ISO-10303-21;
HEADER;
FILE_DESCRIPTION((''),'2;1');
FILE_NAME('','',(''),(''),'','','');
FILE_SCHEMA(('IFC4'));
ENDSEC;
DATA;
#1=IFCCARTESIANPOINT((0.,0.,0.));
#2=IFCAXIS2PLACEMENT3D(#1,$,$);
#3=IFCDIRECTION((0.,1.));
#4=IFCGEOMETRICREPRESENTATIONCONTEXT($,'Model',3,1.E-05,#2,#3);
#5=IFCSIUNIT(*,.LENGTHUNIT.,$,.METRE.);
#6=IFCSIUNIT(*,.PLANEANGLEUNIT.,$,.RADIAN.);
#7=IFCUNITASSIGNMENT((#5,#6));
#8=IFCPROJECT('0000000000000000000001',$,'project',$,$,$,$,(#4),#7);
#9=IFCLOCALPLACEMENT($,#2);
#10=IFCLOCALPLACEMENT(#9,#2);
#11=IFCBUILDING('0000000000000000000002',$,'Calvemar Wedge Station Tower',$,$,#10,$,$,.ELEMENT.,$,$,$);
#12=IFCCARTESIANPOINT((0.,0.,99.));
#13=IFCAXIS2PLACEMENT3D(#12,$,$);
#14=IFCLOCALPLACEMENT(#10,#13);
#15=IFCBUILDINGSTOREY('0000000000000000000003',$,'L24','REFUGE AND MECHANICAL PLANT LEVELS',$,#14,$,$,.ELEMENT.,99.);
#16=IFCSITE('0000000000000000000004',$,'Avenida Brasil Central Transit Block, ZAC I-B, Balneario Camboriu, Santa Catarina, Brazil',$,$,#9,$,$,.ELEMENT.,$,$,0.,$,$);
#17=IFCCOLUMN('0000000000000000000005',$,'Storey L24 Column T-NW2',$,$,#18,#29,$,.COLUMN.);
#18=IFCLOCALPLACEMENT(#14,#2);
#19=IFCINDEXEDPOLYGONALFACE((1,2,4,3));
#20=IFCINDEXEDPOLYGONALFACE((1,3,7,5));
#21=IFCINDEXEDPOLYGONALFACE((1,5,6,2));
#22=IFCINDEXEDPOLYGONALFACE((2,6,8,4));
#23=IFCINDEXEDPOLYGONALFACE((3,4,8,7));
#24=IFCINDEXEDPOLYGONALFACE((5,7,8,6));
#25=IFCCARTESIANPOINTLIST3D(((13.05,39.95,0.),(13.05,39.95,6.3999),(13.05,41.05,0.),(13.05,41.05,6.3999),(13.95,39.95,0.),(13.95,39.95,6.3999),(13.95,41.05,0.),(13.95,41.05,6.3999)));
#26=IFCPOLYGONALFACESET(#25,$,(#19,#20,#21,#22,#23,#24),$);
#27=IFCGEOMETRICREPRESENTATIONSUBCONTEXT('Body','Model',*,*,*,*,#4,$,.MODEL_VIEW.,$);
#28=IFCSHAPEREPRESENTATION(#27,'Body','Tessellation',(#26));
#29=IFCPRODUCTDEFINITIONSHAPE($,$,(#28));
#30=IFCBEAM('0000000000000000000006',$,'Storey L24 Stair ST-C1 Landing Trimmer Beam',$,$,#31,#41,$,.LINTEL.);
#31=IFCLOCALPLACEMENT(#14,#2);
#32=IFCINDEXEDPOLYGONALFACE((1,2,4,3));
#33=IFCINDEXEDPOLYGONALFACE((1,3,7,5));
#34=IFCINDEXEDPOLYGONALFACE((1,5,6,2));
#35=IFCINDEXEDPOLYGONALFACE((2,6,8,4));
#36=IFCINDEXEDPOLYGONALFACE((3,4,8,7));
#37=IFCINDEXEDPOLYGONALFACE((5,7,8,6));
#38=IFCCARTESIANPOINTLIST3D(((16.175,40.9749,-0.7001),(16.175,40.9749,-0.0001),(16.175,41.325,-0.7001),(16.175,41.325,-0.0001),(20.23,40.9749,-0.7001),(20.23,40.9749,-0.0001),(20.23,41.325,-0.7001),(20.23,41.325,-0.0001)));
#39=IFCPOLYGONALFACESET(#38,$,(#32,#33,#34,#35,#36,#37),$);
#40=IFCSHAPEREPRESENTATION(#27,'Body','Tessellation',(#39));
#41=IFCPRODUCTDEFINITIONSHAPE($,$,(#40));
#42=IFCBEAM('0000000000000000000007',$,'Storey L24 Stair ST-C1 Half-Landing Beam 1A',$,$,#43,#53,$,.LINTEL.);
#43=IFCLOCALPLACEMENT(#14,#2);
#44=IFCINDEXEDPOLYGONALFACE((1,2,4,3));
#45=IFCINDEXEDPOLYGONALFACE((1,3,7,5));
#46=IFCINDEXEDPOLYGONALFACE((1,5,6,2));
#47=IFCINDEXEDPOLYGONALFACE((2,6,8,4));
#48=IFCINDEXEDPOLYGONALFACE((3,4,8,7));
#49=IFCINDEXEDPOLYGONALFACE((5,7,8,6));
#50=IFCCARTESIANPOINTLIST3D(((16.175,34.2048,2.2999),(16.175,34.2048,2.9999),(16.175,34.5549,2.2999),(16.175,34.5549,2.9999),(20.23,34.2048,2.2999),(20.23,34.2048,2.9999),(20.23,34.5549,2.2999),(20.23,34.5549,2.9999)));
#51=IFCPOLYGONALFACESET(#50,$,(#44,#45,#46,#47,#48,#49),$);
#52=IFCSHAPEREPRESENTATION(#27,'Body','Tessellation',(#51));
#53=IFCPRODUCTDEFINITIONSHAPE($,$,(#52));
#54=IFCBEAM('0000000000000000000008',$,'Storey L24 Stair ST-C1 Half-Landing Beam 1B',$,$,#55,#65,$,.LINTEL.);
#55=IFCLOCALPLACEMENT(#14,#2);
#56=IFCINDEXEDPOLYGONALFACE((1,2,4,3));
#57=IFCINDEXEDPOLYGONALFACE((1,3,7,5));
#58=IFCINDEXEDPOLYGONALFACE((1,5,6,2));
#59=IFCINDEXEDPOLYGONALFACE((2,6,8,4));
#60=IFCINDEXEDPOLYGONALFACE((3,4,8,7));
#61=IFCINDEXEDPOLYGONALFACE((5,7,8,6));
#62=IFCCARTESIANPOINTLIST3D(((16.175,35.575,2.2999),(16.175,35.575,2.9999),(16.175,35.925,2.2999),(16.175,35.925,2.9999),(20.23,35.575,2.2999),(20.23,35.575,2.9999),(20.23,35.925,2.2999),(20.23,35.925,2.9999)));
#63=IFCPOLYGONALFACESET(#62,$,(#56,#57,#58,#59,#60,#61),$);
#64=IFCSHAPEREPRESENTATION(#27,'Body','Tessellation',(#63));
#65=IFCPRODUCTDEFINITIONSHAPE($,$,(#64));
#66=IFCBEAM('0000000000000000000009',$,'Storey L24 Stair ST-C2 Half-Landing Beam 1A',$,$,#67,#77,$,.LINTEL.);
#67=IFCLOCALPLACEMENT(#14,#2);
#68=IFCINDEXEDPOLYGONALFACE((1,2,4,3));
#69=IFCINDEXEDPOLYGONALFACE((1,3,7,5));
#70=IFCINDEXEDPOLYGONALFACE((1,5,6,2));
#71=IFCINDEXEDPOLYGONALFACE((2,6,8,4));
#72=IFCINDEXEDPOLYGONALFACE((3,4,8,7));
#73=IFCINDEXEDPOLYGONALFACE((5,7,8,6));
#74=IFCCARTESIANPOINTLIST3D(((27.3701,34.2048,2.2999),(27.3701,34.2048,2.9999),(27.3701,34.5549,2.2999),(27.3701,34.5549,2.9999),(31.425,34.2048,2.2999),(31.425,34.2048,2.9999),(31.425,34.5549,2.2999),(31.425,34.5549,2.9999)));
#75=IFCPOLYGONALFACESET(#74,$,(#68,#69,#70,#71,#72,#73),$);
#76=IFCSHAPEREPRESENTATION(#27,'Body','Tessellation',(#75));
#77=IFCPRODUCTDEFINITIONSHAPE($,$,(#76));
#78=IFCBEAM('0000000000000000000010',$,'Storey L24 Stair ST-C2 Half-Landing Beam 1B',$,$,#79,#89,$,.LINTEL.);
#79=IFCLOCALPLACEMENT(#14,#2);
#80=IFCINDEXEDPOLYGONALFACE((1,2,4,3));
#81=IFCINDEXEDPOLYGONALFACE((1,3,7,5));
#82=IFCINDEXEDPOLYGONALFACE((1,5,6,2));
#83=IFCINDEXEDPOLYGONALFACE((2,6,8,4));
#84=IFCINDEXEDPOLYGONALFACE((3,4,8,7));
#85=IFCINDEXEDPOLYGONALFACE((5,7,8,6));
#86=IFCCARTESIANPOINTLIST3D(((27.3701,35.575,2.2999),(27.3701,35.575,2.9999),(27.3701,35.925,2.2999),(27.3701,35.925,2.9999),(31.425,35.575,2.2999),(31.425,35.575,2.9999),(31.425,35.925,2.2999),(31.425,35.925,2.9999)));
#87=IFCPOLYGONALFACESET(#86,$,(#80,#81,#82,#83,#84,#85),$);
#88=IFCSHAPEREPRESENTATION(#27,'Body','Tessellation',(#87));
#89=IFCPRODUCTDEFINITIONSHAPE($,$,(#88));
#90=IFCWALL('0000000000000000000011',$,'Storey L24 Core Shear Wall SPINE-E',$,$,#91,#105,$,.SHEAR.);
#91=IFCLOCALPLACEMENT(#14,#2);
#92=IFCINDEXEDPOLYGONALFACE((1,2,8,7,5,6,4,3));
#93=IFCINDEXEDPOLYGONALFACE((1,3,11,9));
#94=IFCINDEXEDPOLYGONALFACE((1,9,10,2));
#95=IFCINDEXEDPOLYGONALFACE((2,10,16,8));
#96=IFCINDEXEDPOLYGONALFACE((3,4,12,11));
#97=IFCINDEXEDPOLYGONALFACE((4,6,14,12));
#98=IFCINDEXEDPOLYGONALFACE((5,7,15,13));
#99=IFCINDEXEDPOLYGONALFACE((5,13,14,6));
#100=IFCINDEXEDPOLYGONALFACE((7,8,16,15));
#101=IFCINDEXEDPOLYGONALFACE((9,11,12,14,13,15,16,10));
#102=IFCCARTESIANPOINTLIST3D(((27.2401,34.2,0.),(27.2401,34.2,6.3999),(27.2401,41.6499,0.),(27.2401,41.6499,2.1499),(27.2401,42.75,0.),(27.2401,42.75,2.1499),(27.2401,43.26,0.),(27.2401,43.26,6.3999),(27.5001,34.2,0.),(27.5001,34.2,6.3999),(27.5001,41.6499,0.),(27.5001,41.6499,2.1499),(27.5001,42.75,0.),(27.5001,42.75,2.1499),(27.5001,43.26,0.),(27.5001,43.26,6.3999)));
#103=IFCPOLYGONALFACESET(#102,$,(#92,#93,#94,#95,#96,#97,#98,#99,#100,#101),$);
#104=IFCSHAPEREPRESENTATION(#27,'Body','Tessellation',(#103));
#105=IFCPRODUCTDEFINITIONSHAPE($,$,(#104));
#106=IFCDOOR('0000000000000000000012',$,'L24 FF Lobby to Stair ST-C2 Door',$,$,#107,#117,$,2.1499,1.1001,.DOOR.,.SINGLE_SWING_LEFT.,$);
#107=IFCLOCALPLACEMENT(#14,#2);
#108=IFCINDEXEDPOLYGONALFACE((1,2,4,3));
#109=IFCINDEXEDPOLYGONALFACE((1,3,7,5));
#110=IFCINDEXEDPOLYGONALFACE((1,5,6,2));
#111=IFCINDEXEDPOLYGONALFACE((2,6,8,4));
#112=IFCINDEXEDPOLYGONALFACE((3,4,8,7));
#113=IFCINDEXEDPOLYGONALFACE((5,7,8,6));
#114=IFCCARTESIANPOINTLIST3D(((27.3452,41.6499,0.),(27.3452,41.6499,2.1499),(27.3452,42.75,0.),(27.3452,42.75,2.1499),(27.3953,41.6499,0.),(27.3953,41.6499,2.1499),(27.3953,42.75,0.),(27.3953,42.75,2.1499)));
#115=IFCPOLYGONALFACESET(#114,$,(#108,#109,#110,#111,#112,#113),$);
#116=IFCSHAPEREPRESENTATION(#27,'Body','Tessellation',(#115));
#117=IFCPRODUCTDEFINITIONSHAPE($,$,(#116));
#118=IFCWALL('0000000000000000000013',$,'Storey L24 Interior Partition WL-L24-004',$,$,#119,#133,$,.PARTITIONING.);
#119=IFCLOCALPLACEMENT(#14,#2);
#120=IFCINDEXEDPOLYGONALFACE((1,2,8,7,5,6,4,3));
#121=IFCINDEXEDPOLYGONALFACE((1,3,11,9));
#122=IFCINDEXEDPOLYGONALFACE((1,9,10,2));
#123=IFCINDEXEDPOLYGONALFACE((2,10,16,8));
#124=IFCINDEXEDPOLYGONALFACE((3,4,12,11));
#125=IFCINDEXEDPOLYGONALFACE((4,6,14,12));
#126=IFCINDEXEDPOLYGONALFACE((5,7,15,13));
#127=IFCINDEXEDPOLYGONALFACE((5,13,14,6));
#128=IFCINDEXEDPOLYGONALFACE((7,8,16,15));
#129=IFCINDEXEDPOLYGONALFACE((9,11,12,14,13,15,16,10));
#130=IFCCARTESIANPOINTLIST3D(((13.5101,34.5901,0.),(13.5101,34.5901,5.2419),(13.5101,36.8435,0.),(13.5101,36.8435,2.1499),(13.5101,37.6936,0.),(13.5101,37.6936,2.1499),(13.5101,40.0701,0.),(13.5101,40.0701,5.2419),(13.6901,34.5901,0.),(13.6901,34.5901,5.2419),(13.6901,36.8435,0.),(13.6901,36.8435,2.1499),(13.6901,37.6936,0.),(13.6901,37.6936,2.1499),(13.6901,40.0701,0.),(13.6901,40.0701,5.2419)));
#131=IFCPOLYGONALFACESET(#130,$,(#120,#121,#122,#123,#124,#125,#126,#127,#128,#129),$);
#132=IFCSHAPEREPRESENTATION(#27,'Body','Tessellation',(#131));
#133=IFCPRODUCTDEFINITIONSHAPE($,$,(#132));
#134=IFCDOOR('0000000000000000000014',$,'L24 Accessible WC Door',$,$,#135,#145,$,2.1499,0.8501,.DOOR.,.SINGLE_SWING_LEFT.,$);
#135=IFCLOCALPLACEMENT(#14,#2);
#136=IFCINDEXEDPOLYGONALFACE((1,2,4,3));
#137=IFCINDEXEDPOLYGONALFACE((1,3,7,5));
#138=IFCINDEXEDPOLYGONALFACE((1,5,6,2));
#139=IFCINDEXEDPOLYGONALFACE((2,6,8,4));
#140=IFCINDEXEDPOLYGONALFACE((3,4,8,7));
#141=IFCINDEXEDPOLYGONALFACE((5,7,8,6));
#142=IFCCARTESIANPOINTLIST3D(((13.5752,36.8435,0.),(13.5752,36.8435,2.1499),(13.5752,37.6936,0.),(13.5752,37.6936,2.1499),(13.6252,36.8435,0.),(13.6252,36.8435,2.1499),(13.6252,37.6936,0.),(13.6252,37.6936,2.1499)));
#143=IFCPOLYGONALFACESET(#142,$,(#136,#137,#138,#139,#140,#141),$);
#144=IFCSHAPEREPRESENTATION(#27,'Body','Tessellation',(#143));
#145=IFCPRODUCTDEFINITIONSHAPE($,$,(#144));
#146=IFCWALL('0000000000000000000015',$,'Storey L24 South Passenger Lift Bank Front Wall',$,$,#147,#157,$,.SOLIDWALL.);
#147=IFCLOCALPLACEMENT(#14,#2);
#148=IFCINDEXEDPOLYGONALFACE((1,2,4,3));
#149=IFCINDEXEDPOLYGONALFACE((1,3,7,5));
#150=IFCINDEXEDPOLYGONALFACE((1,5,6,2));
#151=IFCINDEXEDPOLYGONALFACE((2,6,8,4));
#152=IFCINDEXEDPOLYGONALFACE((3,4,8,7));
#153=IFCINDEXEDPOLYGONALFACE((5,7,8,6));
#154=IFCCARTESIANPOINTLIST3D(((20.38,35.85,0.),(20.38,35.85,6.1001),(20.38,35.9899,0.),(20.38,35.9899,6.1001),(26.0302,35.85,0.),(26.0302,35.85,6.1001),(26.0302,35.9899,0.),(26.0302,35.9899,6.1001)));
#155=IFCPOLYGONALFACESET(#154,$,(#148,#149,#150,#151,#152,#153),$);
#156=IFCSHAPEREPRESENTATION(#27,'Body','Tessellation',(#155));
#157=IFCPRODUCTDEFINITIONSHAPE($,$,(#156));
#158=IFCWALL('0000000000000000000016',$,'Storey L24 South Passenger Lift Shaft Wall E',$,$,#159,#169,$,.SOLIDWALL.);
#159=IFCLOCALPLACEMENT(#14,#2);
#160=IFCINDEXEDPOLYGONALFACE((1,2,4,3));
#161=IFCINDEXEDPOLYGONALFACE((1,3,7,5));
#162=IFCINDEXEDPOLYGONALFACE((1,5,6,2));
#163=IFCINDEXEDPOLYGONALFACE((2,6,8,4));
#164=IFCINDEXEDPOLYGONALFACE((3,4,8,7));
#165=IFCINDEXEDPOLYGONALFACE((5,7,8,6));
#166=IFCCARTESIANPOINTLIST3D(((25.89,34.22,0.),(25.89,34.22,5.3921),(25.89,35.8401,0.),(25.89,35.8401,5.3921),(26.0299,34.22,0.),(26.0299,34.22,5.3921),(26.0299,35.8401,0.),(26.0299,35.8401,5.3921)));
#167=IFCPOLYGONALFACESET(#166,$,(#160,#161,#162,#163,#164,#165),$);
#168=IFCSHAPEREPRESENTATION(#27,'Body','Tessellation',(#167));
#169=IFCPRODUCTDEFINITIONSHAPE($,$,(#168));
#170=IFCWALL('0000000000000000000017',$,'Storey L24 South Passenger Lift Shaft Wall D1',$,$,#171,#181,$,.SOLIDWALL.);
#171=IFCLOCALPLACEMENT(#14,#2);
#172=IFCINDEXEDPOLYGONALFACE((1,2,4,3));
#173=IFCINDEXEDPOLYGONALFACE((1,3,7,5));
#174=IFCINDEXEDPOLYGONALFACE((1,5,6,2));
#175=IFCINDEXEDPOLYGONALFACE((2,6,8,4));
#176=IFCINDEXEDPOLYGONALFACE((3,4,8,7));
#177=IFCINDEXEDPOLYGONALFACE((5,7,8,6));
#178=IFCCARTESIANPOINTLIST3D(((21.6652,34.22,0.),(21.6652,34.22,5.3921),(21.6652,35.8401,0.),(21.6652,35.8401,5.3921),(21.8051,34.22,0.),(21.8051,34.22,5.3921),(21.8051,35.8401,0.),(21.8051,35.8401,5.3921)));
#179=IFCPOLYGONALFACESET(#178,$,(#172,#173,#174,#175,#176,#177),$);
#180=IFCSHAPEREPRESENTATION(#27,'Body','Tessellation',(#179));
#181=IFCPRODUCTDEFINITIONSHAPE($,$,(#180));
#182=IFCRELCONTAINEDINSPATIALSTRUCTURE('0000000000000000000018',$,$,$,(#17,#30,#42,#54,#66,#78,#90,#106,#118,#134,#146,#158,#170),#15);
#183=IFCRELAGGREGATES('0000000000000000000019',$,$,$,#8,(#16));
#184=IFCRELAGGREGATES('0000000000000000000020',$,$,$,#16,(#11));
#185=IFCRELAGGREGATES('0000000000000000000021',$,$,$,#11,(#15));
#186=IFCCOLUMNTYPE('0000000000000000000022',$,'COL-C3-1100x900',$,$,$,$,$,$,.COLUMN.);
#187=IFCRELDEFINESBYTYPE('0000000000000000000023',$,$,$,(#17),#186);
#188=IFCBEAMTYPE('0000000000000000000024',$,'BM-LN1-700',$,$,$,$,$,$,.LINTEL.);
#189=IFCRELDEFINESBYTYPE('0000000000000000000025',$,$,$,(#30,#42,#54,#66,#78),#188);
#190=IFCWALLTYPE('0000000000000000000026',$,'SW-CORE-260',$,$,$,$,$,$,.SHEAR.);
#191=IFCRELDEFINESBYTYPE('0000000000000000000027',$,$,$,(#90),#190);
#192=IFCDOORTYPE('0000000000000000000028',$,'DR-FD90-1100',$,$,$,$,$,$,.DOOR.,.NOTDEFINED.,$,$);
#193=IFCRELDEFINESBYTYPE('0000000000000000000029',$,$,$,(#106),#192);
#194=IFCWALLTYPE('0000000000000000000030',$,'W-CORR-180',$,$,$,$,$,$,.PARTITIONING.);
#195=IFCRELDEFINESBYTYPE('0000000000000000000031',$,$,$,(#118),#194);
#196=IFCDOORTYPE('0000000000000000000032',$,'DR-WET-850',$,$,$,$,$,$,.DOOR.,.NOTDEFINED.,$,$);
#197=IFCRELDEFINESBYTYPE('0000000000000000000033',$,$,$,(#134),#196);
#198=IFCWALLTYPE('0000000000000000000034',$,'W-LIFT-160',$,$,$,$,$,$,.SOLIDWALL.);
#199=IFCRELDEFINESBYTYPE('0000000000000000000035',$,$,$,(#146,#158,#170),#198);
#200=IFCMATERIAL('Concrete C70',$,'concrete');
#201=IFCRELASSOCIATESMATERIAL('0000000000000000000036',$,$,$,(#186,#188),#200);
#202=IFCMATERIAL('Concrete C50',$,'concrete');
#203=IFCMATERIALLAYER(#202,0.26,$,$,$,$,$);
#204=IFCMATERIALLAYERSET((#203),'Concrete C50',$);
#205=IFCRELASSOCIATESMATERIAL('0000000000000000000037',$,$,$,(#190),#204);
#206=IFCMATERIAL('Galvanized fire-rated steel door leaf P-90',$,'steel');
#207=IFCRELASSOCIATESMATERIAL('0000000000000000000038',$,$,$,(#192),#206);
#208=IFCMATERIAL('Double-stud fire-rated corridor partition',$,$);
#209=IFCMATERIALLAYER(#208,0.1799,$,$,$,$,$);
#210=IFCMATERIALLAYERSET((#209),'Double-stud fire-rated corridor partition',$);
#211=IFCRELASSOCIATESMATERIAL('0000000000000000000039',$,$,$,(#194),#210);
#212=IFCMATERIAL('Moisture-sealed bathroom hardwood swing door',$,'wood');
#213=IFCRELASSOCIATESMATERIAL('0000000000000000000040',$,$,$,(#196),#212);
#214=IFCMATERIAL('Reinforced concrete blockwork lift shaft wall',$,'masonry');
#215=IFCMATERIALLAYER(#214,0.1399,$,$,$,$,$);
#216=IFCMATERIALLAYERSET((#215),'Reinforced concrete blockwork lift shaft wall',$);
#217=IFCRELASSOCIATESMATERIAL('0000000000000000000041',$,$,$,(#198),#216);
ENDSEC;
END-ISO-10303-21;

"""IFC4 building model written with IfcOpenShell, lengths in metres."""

from ifc_helpers import new_model, si_unit, direction, frame, frame_2d, origin, origin_2d, place, context, subcontext, project, spatial, rectangle, extrude, source, transform, mapped, material, layer, layer_set, material_profile, profile_set, type_object, element, fill, save


model = new_model("IFC4")

# Units and contexts
model_context = context("Model", 3, precision=1e-05, world=origin(), true_north=direction((0.0, 1.0)))
body_context = subcontext(model_context, "Body", "Model", "MODEL_VIEW")
ifc_project = project(units=[si_unit("LENGTHUNIT", "METRE"), si_unit("PLANEANGLEUNIT", "RADIAN")], contexts=[model_context])

# Site, building, storey
site_placement = place(None, origin())
site = spatial("IfcSite", under=ifc_project, at=site_placement, Name="Avenida Brasil Central Transit Block, ZAC I-B, Balneario Camboriu, Santa Catarina, Brazil", CompositionType="ELEMENT", RefElevation=0.0)
building_placement = place(site_placement, origin())
building = spatial("IfcBuilding", under=site, at=building_placement, Name="Calvemar Wedge Station Tower", CompositionType="ELEMENT")
storey_placement = place(building_placement, frame((0.0, 0.0, 99.0)))
storey = spatial("IfcBuildingStorey", under=building, at=storey_placement, Name="L24", Description="REFUGE AND MECHANICAL PLANT LEVELS", CompositionType="ELEMENT", Elevation=99.0)

# Column
ifc_material_1 = material(Name="Concrete C70", Category="concrete")
ifc_material_profile_1 = material_profile(ifc_material_1, rectangle(XDim=0.8999, YDim=1.1001, at=origin_2d()), Name="RC1100x900")
ifc_profile_set_1 = profile_set([ifc_material_profile_1], Name="Concrete C70")
column_type = type_object("IfcColumnType", Name="COL-C3-1100x900", PredefinedType="COLUMN", material=ifc_profile_set_1)
shared_shape_1 = source(origin(), body_context, "Body", "SweptSolid", [
    extrude(rectangle(XDim=0.8999, YDim=1.1001, at=origin_2d()), origin(), (0.0, 0.0, 1.0), 6.3999),
])
column_placement = place(storey_placement, frame((13.5, 40.5, 0.0), z_axis=(0.0, 0.0, 1.0), x_axis=(1.0, 0.0, 0.0)))
element("IfcColumn", 1, at=column_placement, inside=storey, type_object=column_type, Name="Storey L24 Column T-NW2", PredefinedType="COLUMN", context=body_context, shape_type="MappedRepresentation", body=[
    mapped(shared_shape_1, transform((0.0, 0.0, 0.0), scale=1.0)),
])

# Beams
ifc_material_profile_2 = material_profile(ifc_material_1, rectangle(XDim=0.3501, YDim=0.7, at=origin_2d()), Name="RC350x700")
ifc_profile_set_2 = profile_set([ifc_material_profile_2], Name="Concrete C70")
beam_type = type_object("IfcBeamType", Name="BM-LN1-700", PredefinedType="LINTEL", material=ifc_profile_set_2)
shared_shape_2 = source(origin(), body_context, "Body", "SweptSolid", [
    extrude(rectangle(XDim=0.3501, YDim=0.7, at=origin_2d()), origin(), (0.0, 0.0, 1.0), 4.0549),
])
for number, where, z_axis, x_axis, name in (
    (2, (16.175, 41.1499, -0.3501), (1.0, 0.0, 0.0), (0.0, 1.0, 0.0), "Storey L24 Stair ST-C1 Landing Trimmer Beam"),
    (3, (16.175, 34.3799, 2.6499), (1.0, 0.0, 0.0), (0.0, 1.0, 0.0), "Storey L24 Stair ST-C1 Half-Landing Beam 1A"),
    (4, (16.175, 35.75, 2.6499), (1.0, 0.0, 0.0), (0.0, 1.0, 0.0), "Storey L24 Stair ST-C1 Half-Landing Beam 1B"),
    (5, (27.3701, 34.3799, 2.6499), (1.0, 0.0, 0.0), (0.0, 1.0, 0.0), "Storey L24 Stair ST-C2 Half-Landing Beam 1A"),
    (6, (27.3701, 35.75, 2.6499), (1.0, 0.0, 0.0), (0.0, 1.0, 0.0), "Storey L24 Stair ST-C2 Half-Landing Beam 1B"),
):
    element("IfcBeam", number, at=place(storey_placement, frame(where, z_axis=z_axis, x_axis=x_axis)), inside=storey, type_object=beam_type, Name=name, PredefinedType="LINTEL", context=body_context, shape_type="MappedRepresentation", body=[
        mapped(shared_shape_2, transform((0.0, 0.0, 0.0), scale=1.0)),
    ])

# Walls, openings, doors
ifc_material_2 = material(Name="Concrete C50", Category="concrete")
ifc_layer_1 = layer(ifc_material_2, 0.26)
ifc_layer_set_1 = layer_set([ifc_layer_1], Name="Concrete C50")
wall_type_1 = type_object("IfcWallType", Name="SW-CORE-260", PredefinedType="SHEAR", material=ifc_layer_set_1)
wall_1_placement = place(storey_placement, frame((27.3701, 34.2, 0.0), z_axis=(0.0, 0.0, 1.0), x_axis=(0.0, 1.0, 0.0)))
wall_1 = element("IfcWall", 7, at=wall_1_placement, inside=storey, type_object=wall_type_1, Name="Storey L24 Core Shear Wall SPINE-E", PredefinedType="SHEAR", context=body_context, shape_type="SweptSolid", body=[
    extrude(rectangle(XDim=9.0601, YDim=0.26, at=frame_2d((4.53, 0.0))), origin(), (0.0, 0.0, 1.0), 6.3999),
])
shared_shape_3 = source(origin(), body_context, "Body", "SweptSolid", [
    extrude(rectangle(XDim=1.1001, YDim=2.1499, at=frame_2d((0.55, 1.075))), frame((0.0, 0.1401, 0.0), z_axis=(0.0, -1.0, 0.0), x_axis=(1.0, 0.0, 0.0)), (0.0, 0.0, 1.0), 0.28),
])
opening_1_placement = place(wall_1_placement, frame((7.45, 0.0, 0.0)))
opening_1 = element("IfcOpeningElement", 8, at=opening_1_placement, cuts=wall_1, PredefinedType="OPENING", context=body_context, shape_type="MappedRepresentation", body=[
    mapped(shared_shape_3, transform((0.0, 0.0, 0.0), scale=1.0)),
])
ifc_material_3 = material(Name="Galvanized fire-rated steel door leaf P-90", Category="steel")
door_type_1 = type_object("IfcDoorType", Name="DR-FD90-1100", OperationType="NOTDEFINED", PredefinedType="DOOR", material=ifc_material_3)
shared_shape_4 = source(origin(), body_context, "Body", "SweptSolid", [
    extrude(rectangle(XDim=1.1001, YDim=2.1499, at=frame_2d((0.55, 1.075))), frame((0.0, 0.0249, 0.0), z_axis=(0.0, -1.0, 0.0), x_axis=(1.0, 0.0, 0.0)), (0.0, 0.0, 1.0), 0.05),
])
door_1_placement = place(opening_1_placement, origin())
door_1 = element("IfcDoor", 9, at=door_1_placement, inside=storey, type_object=door_type_1, Name="L24 FF Lobby to Stair ST-C2 Door", OperationType="SINGLE_SWING_LEFT", OverallHeight=2.1499, OverallWidth=1.1001, PredefinedType="DOOR", context=body_context, shape_type="MappedRepresentation", body=[
    mapped(shared_shape_4, transform((0.0, 0.0, 0.0), scale=1.0)),
])
fill(opening_1, door_1)
ifc_material_4 = material(Name="Double-stud fire-rated corridor partition")
ifc_layer_2 = layer(ifc_material_4, 0.1799)
ifc_layer_set_2 = layer_set([ifc_layer_2], Name="Double-stud fire-rated corridor partition")
wall_type_2 = type_object("IfcWallType", Name="W-CORR-180", PredefinedType="PARTITIONING", material=ifc_layer_set_2)
wall_2_placement = place(storey_placement, frame((13.6001, 34.5901, 0.0), z_axis=(0.0, 0.0, 1.0), x_axis=(0.0, 1.0, 0.0)))
wall_2 = element("IfcWall", 10, at=wall_2_placement, inside=storey, type_object=wall_type_2, Name="Storey L24 Interior Partition WL-L24-004", PredefinedType="PARTITIONING", context=body_context, shape_type="SweptSolid", body=[
    extrude(rectangle(XDim=5.48, YDim=0.1799, at=frame_2d((2.74, 0.0))), origin(), (0.0, 0.0, 1.0), 5.2419),
])
shared_shape_5 = source(origin(), body_context, "Body", "SweptSolid", [
    extrude(rectangle(XDim=0.8501, YDim=2.1499, at=frame_2d((0.425, 1.075))), frame((0.0, 0.1001, 0.0), z_axis=(0.0, -1.0, 0.0), x_axis=(1.0, 0.0, 0.0)), (0.0, 0.0, 1.0), 0.2),
])
opening_2_placement = place(wall_2_placement, frame((2.2534, 0.0, 0.0)))
opening_2 = element("IfcOpeningElement", 11, at=opening_2_placement, cuts=wall_2, PredefinedType="OPENING", context=body_context, shape_type="MappedRepresentation", body=[
    mapped(shared_shape_5, transform((0.0, 0.0, 0.0), scale=1.0)),
])
ifc_material_5 = material(Name="Moisture-sealed bathroom hardwood swing door", Category="wood")
door_type_2 = type_object("IfcDoorType", Name="DR-WET-850", OperationType="NOTDEFINED", PredefinedType="DOOR", material=ifc_material_5)
shared_shape_6 = source(origin(), body_context, "Body", "SweptSolid", [
    extrude(rectangle(XDim=0.8501, YDim=2.1499, at=frame_2d((0.425, 1.075))), frame((0.0, 0.0249, 0.0), z_axis=(0.0, -1.0, 0.0), x_axis=(1.0, 0.0, 0.0)), (0.0, 0.0, 1.0), 0.05),
])
door_2_placement = place(opening_2_placement, origin())
door_2 = element("IfcDoor", 12, at=door_2_placement, inside=storey, type_object=door_type_2, Name="L24 Accessible WC Door", OperationType="SINGLE_SWING_LEFT", OverallHeight=2.1499, OverallWidth=0.8501, PredefinedType="DOOR", context=body_context, shape_type="MappedRepresentation", body=[
    mapped(shared_shape_6, transform((0.0, 0.0, 0.0), scale=1.0)),
])
fill(opening_2, door_2)

# Walls
ifc_material_6 = material(Name="Reinforced concrete blockwork lift shaft wall", Category="masonry")
ifc_layer_3 = layer(ifc_material_6, 0.1399)
ifc_layer_set_3 = layer_set([ifc_layer_3], Name="Reinforced concrete blockwork lift shaft wall")
wall_type_3 = type_object("IfcWallType", Name="W-LIFT-160", PredefinedType="SOLIDWALL", material=ifc_layer_set_3)
wall_3_placement = place(storey_placement, frame((20.3799, 35.9199, 0.0), z_axis=(0.0, 0.0, 1.0), x_axis=(1.0, 0.0, 0.0)))
element("IfcWall", 13, at=wall_3_placement, inside=storey, type_object=wall_type_3, Name="Storey L24 South Passenger Lift Bank Front Wall", PredefinedType="SOLIDWALL", context=body_context, shape_type="SweptSolid", body=[
    extrude(rectangle(XDim=5.6501, YDim=0.1399, at=frame_2d((2.8252, 0.0))), origin(), (0.0, 0.0, 1.0), 6.1001),
])
for number, where, z_axis, x_axis, name in (
    (14, (25.96, 34.22, 0.0), (0.0, 0.0, 1.0), (0.0, 1.0, 0.0), "Storey L24 South Passenger Lift Shaft Wall E"),
    (15, (21.7351, 34.22, 0.0), (0.0, 0.0, 1.0), (0.0, 1.0, 0.0), "Storey L24 South Passenger Lift Shaft Wall D1"),
):
    element("IfcWall", number, at=place(storey_placement, frame(where, z_axis=z_axis, x_axis=x_axis)), inside=storey, type_object=wall_type_3, Name=name, PredefinedType="SOLIDWALL", context=body_context, shape_type="SweptSolid", body=[
        extrude(rectangle(XDim=1.6201, YDim=0.1399, at=frame_2d((0.8101, 0.0))), origin(), (0.0, 0.0, 1.0), 5.3921),
    ])

save(model, "model.ifc")
